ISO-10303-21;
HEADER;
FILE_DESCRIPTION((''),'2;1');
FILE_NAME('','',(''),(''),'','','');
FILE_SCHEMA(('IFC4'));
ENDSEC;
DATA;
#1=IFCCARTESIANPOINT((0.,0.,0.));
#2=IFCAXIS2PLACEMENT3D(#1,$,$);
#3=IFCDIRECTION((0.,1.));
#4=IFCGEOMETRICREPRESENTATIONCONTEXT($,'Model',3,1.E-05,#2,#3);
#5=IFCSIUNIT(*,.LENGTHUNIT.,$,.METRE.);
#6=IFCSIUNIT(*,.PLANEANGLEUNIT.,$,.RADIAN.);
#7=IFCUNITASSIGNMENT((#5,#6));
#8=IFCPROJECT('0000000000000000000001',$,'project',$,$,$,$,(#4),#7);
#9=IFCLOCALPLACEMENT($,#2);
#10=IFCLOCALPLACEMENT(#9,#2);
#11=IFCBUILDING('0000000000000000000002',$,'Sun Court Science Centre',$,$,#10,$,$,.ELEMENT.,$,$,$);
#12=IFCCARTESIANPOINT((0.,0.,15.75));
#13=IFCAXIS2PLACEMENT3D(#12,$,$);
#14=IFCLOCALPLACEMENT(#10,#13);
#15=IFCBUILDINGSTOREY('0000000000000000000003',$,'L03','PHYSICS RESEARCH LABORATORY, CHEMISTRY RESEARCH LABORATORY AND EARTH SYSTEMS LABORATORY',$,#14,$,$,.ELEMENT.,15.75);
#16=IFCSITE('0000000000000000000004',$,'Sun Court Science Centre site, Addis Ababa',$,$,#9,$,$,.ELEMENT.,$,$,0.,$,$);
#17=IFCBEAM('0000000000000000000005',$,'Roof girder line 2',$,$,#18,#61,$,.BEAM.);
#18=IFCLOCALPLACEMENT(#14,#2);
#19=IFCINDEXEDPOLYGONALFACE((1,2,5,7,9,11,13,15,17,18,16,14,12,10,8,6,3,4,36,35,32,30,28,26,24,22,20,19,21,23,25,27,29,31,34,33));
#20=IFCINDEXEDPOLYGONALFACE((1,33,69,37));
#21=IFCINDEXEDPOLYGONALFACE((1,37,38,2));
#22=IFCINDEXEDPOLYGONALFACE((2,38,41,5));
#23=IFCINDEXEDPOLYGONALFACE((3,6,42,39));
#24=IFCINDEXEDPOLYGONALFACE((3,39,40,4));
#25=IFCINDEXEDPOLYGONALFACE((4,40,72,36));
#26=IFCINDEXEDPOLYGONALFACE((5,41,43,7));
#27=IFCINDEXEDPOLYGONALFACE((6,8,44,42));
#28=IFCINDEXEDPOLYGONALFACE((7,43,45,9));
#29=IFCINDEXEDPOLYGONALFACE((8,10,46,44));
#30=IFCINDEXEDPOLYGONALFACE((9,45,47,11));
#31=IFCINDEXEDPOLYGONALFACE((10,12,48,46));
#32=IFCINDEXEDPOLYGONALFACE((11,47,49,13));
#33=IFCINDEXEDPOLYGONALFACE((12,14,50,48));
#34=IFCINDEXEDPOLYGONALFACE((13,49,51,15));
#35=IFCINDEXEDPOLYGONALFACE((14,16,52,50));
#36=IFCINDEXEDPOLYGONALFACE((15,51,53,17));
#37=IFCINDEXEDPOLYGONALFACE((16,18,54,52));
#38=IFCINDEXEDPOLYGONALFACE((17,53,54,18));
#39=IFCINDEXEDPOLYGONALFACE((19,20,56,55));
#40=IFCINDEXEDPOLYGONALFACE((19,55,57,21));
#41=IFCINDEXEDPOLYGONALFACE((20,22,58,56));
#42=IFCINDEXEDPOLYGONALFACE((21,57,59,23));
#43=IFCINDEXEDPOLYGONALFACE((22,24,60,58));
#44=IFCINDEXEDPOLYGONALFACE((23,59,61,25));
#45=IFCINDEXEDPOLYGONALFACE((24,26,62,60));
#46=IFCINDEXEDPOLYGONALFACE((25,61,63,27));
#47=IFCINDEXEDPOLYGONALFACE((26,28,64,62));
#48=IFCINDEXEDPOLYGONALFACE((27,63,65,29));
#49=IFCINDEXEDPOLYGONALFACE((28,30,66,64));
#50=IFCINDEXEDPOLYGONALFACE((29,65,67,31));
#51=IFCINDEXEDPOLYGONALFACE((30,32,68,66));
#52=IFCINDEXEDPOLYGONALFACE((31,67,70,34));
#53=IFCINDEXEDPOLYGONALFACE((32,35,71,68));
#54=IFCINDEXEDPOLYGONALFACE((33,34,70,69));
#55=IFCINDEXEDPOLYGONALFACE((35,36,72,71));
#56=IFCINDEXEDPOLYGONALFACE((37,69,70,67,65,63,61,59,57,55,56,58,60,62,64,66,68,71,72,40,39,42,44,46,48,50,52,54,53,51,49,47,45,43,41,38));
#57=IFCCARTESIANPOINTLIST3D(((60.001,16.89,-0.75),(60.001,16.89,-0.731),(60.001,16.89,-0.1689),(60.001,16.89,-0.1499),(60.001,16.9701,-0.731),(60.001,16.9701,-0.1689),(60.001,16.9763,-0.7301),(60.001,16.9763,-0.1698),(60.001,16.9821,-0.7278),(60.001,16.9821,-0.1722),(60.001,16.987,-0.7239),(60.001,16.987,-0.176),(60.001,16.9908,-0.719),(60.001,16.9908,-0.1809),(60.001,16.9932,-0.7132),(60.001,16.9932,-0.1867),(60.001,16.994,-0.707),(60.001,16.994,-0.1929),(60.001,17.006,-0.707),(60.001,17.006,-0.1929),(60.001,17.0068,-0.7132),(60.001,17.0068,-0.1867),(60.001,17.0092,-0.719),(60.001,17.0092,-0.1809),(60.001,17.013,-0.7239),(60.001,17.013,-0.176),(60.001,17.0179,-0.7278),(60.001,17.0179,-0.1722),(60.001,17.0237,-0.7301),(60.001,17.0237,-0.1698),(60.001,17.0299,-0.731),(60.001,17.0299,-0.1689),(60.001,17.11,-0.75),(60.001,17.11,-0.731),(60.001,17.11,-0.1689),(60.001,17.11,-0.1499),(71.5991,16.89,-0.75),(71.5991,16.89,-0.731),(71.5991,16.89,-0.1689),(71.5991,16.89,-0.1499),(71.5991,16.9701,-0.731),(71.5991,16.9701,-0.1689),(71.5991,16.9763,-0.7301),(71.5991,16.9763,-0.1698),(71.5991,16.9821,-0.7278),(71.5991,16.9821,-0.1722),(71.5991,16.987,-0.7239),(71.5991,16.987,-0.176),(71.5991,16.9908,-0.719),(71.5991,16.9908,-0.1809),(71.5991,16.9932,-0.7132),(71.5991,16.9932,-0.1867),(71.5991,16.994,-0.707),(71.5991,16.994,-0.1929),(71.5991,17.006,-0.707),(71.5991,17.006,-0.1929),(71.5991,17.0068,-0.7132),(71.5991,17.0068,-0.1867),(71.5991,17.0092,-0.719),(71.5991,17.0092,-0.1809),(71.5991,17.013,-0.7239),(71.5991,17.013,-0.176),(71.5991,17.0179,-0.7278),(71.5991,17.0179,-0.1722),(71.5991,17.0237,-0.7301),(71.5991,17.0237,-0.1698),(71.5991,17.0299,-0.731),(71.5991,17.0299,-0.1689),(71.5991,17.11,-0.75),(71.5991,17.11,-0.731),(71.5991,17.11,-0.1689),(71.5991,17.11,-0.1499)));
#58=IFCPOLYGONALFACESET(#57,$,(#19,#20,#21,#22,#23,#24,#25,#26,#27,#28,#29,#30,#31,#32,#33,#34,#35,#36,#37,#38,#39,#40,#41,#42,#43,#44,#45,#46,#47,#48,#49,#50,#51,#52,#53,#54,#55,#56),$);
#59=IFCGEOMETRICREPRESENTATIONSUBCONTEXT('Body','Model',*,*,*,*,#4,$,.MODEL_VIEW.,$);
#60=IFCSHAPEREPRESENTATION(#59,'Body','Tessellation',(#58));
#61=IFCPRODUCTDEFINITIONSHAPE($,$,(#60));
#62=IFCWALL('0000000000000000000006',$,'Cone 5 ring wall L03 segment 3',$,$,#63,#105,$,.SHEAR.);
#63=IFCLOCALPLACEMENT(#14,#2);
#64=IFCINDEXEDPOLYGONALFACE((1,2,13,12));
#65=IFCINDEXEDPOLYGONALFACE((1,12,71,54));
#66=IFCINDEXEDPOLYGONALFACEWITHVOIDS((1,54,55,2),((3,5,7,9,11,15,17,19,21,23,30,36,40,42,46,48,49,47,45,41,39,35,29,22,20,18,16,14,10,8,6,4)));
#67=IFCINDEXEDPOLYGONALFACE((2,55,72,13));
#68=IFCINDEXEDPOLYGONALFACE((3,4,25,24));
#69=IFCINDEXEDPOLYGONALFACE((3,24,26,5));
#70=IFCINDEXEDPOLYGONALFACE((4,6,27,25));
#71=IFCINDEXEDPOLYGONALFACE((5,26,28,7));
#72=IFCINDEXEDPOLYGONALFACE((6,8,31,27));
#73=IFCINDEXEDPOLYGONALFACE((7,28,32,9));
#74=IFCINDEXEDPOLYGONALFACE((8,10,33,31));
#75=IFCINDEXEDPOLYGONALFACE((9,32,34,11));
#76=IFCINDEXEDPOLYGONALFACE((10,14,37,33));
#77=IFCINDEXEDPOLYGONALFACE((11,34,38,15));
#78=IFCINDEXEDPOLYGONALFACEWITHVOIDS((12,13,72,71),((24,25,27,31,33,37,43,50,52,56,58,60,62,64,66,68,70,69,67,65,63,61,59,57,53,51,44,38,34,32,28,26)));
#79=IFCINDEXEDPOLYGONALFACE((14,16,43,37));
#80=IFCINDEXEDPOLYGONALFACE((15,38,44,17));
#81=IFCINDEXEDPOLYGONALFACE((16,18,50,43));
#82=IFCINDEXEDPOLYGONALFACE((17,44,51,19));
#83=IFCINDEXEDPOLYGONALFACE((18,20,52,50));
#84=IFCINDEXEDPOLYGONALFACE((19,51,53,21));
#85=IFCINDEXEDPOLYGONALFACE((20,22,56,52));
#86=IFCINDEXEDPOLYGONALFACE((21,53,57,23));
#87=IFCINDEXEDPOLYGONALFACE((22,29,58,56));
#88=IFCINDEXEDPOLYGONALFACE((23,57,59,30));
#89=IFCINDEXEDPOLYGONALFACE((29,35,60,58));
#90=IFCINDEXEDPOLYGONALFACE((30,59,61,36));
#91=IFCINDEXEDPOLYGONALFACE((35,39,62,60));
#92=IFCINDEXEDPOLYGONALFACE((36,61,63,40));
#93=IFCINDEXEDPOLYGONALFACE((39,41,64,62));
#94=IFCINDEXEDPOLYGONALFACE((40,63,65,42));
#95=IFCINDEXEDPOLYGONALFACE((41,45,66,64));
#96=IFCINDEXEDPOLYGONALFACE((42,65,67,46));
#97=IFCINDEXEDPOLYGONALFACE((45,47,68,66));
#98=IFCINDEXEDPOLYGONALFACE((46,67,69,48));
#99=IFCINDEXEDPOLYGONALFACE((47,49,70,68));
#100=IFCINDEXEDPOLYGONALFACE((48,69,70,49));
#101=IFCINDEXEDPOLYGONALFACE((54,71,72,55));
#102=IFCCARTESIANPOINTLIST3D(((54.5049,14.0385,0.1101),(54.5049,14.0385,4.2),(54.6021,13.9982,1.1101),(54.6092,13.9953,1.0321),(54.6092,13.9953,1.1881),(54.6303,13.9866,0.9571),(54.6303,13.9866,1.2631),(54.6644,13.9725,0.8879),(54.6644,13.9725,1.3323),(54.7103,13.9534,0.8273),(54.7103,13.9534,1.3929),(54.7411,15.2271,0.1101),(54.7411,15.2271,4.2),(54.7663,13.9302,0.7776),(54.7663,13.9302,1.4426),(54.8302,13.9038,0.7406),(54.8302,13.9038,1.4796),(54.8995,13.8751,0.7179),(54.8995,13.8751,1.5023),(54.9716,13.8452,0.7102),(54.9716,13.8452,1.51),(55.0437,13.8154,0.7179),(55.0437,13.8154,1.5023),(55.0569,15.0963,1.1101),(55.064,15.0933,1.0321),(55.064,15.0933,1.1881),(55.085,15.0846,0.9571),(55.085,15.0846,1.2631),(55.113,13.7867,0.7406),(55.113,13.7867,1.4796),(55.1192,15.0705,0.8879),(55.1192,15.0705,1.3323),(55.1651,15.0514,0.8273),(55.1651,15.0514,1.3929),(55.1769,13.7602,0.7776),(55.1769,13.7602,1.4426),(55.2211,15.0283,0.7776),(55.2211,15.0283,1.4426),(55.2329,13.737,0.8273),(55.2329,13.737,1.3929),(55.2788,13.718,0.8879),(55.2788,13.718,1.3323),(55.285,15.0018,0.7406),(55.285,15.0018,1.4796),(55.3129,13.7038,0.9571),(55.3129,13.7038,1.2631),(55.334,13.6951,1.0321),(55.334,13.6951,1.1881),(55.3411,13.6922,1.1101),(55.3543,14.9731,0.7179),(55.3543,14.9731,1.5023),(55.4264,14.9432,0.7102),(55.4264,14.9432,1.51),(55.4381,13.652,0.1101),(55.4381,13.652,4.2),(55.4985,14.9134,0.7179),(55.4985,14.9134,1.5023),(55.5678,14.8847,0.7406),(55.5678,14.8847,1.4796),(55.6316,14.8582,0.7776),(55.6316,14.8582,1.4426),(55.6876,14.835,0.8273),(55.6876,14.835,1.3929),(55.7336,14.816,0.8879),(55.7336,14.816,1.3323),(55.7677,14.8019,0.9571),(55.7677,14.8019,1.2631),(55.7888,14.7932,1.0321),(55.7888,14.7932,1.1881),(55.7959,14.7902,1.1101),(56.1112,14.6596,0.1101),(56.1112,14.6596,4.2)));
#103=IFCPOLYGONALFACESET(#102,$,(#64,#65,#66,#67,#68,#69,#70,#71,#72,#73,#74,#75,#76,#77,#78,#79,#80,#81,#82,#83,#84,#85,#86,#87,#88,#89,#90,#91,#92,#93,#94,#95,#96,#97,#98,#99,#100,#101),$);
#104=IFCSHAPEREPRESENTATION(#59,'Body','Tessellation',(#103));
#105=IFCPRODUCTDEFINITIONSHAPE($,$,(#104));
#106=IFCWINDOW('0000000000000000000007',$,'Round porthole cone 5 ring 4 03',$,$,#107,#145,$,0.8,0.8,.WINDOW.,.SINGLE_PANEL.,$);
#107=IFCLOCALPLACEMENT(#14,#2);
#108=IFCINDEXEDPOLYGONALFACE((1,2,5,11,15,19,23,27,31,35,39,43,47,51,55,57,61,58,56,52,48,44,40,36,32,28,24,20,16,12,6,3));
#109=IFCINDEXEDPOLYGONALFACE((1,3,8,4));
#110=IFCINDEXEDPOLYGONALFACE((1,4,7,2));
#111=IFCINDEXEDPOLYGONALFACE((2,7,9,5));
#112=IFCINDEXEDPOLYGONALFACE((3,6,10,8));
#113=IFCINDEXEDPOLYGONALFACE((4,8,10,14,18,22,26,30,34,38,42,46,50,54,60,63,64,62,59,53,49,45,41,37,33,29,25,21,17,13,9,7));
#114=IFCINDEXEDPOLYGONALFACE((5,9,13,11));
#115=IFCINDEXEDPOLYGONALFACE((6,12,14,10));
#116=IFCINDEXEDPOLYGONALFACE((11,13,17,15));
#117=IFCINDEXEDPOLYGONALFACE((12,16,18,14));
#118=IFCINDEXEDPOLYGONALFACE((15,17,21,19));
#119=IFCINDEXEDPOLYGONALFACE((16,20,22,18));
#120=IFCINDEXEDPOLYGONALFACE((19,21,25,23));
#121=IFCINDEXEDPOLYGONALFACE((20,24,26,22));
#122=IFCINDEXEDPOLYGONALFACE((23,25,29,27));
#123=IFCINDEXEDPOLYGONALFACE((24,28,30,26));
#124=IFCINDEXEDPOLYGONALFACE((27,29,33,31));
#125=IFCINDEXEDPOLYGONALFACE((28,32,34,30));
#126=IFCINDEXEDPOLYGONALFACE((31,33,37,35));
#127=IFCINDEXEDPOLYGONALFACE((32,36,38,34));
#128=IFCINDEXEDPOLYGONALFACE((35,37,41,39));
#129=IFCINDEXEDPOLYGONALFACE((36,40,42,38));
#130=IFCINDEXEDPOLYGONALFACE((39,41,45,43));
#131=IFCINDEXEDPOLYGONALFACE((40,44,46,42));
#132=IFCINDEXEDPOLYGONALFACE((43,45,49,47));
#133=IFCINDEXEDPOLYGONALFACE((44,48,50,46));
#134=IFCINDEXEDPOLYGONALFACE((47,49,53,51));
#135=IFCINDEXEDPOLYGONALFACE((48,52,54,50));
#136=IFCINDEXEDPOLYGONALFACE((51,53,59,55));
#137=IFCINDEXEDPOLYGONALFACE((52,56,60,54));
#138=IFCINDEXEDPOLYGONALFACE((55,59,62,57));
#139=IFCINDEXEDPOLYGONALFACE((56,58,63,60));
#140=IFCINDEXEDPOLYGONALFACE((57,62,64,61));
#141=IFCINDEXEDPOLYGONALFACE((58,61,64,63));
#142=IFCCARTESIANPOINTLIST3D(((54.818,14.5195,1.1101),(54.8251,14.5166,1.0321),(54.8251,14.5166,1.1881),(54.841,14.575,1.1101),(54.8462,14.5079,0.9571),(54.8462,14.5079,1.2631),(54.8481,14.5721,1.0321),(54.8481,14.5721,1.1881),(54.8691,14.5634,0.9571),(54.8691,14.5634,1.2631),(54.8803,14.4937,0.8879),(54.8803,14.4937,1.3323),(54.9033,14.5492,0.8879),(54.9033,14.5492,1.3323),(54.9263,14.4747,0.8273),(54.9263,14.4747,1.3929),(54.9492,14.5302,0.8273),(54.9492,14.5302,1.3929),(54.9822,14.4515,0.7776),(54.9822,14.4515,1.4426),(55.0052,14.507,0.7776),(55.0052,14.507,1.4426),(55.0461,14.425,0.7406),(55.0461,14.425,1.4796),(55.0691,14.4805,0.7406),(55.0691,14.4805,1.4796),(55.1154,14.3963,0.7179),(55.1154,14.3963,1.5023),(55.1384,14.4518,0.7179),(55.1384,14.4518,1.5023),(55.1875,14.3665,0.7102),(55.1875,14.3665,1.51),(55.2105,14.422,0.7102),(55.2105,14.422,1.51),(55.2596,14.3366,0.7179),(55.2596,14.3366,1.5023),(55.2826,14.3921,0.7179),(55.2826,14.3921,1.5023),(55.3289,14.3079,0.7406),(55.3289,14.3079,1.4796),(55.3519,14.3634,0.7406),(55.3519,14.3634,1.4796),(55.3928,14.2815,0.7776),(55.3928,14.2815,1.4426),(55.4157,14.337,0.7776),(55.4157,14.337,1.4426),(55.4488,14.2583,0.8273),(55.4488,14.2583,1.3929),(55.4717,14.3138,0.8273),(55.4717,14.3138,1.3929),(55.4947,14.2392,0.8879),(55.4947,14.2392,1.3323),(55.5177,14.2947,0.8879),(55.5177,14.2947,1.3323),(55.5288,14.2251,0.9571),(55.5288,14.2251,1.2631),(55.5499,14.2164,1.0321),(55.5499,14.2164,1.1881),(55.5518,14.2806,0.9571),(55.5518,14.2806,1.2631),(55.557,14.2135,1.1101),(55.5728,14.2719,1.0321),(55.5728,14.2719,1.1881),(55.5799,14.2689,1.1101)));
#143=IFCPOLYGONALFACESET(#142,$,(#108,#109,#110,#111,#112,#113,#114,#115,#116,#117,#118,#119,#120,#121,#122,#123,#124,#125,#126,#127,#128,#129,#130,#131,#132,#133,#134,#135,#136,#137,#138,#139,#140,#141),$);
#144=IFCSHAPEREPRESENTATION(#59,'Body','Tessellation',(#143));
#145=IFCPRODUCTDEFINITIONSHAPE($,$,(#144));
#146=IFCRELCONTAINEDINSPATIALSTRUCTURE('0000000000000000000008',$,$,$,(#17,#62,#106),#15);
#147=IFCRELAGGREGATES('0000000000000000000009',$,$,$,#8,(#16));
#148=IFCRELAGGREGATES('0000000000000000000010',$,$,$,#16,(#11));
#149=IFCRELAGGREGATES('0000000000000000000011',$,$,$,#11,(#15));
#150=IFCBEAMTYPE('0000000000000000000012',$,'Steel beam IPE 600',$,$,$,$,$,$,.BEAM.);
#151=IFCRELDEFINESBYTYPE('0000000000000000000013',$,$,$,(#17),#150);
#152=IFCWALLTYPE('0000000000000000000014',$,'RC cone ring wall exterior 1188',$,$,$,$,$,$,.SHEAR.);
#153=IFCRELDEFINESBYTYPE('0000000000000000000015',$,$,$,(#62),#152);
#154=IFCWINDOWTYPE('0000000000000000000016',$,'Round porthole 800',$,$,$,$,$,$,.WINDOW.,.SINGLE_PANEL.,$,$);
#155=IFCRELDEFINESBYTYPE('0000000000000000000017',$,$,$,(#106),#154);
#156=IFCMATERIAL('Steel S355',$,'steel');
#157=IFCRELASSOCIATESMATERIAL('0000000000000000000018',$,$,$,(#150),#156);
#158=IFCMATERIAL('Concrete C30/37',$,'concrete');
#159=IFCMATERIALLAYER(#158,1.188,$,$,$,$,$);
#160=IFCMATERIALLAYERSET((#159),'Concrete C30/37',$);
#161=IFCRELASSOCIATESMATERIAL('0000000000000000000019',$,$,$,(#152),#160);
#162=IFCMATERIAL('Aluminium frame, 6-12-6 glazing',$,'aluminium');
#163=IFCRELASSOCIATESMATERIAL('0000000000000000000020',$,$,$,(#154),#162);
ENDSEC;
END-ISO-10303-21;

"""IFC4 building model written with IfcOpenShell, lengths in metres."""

from ifc_helpers import new_model, si_unit, direction, frame, frame_2d, origin, origin_2d, place, context, subcontext, project, spatial, polyline, circle, i_section, outline, extrude, material, layer, layer_set, material_profile, profile_set, type_object, element, fill, save


model = new_model("IFC4")

# Units and contexts
model_context = context("Model", 3, precision=1e-05, world=origin(), true_north=direction((0.0, 1.0)))
body_context = subcontext(model_context, "Body", "Model", "MODEL_VIEW")
ifc_project = project(units=[si_unit("LENGTHUNIT", "METRE"), si_unit("PLANEANGLEUNIT", "RADIAN")], contexts=[model_context])

# Site, building, storey
site_placement = place(None, origin())
site = spatial("IfcSite", under=ifc_project, at=site_placement, Name="Sun Court Science Centre site, Addis Ababa", CompositionType="ELEMENT", RefElevation=0.0)
building_placement = place(site_placement, origin())
building = spatial("IfcBuilding", under=site, at=building_placement, Name="Sun Court Science Centre", CompositionType="ELEMENT")
storey_placement = place(building_placement, frame((0.0, 0.0, 15.75)))
storey = spatial("IfcBuildingStorey", under=building, at=storey_placement, Name="L03", Description="PHYSICS RESEARCH LABORATORY, CHEMISTRY RESEARCH LABORATORY AND EARTH SYSTEMS LABORATORY", CompositionType="ELEMENT", Elevation=15.75)

# Beam
ifc_material_1 = material(Name="Steel S355", Category="steel")
ifc_material_profile_1 = material_profile(ifc_material_1, i_section(OverallWidth=0.22, OverallDepth=0.6001, WebThickness=0.012, FlangeThickness=0.019, FilletRadius=0.0239, at=origin_2d()), Name="IPE 600")
ifc_profile_set_1 = profile_set([ifc_material_profile_1], Name="Steel S355")
beam_type = type_object("IfcBeamType", Name="Steel beam IPE 600", PredefinedType="BEAM", material=ifc_profile_set_1)
beam_1_placement = place(storey_placement, frame((60.001, 17.0, -0.45), z_axis=(1.0, 0.0, 0.0), x_axis=(0.0, 1.0, 0.0)))
element("IfcBeam", 1, at=beam_1_placement, inside=storey, type_object=beam_type, Name="Roof girder line 2", PredefinedType="BEAM", context=body_context, shape_type="SweptSolid", body=[
    extrude(i_section(OverallWidth=0.22, OverallDepth=0.6001, WebThickness=0.012, FlangeThickness=0.019, FilletRadius=0.0239, at=origin_2d()), origin(), (0.0, 0.0, 1.0), 11.5981),
])

# Wall, opening, window
ifc_material_2 = material(Name="Concrete C30/37", Category="concrete")
ifc_layer_1 = layer(ifc_material_2, 1.188)
ifc_layer_set_1 = layer_set([ifc_layer_1], Name="Concrete C30/37")
wall_type_1 = type_object("IfcWallType", Name="RC cone ring wall exterior 1188", PredefinedType="SHEAR", material=ifc_layer_set_1)
wall_1_placement = place(storey_placement, frame((55.8838, 14.1106, 0.1101), z_axis=(0.0, 0.0, 1.0), x_axis=(-0.923888, 0.382662, 0.0)))
wall_1 = element("IfcWall", 2, at=wall_1_placement, inside=storey, type_object=wall_type_1, Name="Cone 5 ring wall L03 segment 3", PredefinedType="SHEAR", context=body_context, shape_type="SweptSolid", body=[
    extrude(outline(polyline([(0.0, -0.5942), (1.4829, -0.5942), (1.2463, 0.5942), (0.2363, 0.5942), (0.0, -0.5942)])), origin(), (0.0, 0.0, 1.0), 4.0898),
])
opening_1_placement = place(wall_1_placement, frame((0.3413, 0.0, 0.6001)))
opening_1 = element("IfcOpeningElement", 3, at=opening_1_placement, cuts=wall_1, PredefinedType="OPENING", context=body_context, shape_type="SweptSolid", body=[
    extrude(circle(Radius=0.3999, at=frame_2d((0.3999, 0.3999))), frame((0.0, 0.6042, 0.0), z_axis=(0.0, -1.0, 0.0), x_axis=(1.0, 0.0, 0.0)), (0.0, 0.0, 1.0), 1.2085),
])
ifc_material_3 = material(Name="Aluminium frame, 6-12-6 glazing", Category="aluminium")
window_type_1 = type_object("IfcWindowType", Name="Round porthole 800", PartitioningType="SINGLE_PANEL", PredefinedType="WINDOW", material=ifc_material_3)
window_1_placement = place(opening_1_placement, origin())
window_1 = element("IfcWindow", 4, at=window_1_placement, inside=storey, type_object=window_type_1, Name="Round porthole cone 5 ring 4 03", OverallHeight=0.8, OverallWidth=0.8, PartitioningType="SINGLE_PANEL", PredefinedType="WINDOW", context=body_context, shape_type="SweptSolid", body=[
    extrude(circle(Radius=0.3999, at=frame_2d((0.3999, 0.3999))), frame((0.0, 0.03, 0.0), z_axis=(0.0, -1.0, 0.0), x_axis=(1.0, 0.0, 0.0)), (0.0, 0.0, 1.0), 0.0601),
])
fill(opening_1, window_1)

save(model, "model.ifc")
